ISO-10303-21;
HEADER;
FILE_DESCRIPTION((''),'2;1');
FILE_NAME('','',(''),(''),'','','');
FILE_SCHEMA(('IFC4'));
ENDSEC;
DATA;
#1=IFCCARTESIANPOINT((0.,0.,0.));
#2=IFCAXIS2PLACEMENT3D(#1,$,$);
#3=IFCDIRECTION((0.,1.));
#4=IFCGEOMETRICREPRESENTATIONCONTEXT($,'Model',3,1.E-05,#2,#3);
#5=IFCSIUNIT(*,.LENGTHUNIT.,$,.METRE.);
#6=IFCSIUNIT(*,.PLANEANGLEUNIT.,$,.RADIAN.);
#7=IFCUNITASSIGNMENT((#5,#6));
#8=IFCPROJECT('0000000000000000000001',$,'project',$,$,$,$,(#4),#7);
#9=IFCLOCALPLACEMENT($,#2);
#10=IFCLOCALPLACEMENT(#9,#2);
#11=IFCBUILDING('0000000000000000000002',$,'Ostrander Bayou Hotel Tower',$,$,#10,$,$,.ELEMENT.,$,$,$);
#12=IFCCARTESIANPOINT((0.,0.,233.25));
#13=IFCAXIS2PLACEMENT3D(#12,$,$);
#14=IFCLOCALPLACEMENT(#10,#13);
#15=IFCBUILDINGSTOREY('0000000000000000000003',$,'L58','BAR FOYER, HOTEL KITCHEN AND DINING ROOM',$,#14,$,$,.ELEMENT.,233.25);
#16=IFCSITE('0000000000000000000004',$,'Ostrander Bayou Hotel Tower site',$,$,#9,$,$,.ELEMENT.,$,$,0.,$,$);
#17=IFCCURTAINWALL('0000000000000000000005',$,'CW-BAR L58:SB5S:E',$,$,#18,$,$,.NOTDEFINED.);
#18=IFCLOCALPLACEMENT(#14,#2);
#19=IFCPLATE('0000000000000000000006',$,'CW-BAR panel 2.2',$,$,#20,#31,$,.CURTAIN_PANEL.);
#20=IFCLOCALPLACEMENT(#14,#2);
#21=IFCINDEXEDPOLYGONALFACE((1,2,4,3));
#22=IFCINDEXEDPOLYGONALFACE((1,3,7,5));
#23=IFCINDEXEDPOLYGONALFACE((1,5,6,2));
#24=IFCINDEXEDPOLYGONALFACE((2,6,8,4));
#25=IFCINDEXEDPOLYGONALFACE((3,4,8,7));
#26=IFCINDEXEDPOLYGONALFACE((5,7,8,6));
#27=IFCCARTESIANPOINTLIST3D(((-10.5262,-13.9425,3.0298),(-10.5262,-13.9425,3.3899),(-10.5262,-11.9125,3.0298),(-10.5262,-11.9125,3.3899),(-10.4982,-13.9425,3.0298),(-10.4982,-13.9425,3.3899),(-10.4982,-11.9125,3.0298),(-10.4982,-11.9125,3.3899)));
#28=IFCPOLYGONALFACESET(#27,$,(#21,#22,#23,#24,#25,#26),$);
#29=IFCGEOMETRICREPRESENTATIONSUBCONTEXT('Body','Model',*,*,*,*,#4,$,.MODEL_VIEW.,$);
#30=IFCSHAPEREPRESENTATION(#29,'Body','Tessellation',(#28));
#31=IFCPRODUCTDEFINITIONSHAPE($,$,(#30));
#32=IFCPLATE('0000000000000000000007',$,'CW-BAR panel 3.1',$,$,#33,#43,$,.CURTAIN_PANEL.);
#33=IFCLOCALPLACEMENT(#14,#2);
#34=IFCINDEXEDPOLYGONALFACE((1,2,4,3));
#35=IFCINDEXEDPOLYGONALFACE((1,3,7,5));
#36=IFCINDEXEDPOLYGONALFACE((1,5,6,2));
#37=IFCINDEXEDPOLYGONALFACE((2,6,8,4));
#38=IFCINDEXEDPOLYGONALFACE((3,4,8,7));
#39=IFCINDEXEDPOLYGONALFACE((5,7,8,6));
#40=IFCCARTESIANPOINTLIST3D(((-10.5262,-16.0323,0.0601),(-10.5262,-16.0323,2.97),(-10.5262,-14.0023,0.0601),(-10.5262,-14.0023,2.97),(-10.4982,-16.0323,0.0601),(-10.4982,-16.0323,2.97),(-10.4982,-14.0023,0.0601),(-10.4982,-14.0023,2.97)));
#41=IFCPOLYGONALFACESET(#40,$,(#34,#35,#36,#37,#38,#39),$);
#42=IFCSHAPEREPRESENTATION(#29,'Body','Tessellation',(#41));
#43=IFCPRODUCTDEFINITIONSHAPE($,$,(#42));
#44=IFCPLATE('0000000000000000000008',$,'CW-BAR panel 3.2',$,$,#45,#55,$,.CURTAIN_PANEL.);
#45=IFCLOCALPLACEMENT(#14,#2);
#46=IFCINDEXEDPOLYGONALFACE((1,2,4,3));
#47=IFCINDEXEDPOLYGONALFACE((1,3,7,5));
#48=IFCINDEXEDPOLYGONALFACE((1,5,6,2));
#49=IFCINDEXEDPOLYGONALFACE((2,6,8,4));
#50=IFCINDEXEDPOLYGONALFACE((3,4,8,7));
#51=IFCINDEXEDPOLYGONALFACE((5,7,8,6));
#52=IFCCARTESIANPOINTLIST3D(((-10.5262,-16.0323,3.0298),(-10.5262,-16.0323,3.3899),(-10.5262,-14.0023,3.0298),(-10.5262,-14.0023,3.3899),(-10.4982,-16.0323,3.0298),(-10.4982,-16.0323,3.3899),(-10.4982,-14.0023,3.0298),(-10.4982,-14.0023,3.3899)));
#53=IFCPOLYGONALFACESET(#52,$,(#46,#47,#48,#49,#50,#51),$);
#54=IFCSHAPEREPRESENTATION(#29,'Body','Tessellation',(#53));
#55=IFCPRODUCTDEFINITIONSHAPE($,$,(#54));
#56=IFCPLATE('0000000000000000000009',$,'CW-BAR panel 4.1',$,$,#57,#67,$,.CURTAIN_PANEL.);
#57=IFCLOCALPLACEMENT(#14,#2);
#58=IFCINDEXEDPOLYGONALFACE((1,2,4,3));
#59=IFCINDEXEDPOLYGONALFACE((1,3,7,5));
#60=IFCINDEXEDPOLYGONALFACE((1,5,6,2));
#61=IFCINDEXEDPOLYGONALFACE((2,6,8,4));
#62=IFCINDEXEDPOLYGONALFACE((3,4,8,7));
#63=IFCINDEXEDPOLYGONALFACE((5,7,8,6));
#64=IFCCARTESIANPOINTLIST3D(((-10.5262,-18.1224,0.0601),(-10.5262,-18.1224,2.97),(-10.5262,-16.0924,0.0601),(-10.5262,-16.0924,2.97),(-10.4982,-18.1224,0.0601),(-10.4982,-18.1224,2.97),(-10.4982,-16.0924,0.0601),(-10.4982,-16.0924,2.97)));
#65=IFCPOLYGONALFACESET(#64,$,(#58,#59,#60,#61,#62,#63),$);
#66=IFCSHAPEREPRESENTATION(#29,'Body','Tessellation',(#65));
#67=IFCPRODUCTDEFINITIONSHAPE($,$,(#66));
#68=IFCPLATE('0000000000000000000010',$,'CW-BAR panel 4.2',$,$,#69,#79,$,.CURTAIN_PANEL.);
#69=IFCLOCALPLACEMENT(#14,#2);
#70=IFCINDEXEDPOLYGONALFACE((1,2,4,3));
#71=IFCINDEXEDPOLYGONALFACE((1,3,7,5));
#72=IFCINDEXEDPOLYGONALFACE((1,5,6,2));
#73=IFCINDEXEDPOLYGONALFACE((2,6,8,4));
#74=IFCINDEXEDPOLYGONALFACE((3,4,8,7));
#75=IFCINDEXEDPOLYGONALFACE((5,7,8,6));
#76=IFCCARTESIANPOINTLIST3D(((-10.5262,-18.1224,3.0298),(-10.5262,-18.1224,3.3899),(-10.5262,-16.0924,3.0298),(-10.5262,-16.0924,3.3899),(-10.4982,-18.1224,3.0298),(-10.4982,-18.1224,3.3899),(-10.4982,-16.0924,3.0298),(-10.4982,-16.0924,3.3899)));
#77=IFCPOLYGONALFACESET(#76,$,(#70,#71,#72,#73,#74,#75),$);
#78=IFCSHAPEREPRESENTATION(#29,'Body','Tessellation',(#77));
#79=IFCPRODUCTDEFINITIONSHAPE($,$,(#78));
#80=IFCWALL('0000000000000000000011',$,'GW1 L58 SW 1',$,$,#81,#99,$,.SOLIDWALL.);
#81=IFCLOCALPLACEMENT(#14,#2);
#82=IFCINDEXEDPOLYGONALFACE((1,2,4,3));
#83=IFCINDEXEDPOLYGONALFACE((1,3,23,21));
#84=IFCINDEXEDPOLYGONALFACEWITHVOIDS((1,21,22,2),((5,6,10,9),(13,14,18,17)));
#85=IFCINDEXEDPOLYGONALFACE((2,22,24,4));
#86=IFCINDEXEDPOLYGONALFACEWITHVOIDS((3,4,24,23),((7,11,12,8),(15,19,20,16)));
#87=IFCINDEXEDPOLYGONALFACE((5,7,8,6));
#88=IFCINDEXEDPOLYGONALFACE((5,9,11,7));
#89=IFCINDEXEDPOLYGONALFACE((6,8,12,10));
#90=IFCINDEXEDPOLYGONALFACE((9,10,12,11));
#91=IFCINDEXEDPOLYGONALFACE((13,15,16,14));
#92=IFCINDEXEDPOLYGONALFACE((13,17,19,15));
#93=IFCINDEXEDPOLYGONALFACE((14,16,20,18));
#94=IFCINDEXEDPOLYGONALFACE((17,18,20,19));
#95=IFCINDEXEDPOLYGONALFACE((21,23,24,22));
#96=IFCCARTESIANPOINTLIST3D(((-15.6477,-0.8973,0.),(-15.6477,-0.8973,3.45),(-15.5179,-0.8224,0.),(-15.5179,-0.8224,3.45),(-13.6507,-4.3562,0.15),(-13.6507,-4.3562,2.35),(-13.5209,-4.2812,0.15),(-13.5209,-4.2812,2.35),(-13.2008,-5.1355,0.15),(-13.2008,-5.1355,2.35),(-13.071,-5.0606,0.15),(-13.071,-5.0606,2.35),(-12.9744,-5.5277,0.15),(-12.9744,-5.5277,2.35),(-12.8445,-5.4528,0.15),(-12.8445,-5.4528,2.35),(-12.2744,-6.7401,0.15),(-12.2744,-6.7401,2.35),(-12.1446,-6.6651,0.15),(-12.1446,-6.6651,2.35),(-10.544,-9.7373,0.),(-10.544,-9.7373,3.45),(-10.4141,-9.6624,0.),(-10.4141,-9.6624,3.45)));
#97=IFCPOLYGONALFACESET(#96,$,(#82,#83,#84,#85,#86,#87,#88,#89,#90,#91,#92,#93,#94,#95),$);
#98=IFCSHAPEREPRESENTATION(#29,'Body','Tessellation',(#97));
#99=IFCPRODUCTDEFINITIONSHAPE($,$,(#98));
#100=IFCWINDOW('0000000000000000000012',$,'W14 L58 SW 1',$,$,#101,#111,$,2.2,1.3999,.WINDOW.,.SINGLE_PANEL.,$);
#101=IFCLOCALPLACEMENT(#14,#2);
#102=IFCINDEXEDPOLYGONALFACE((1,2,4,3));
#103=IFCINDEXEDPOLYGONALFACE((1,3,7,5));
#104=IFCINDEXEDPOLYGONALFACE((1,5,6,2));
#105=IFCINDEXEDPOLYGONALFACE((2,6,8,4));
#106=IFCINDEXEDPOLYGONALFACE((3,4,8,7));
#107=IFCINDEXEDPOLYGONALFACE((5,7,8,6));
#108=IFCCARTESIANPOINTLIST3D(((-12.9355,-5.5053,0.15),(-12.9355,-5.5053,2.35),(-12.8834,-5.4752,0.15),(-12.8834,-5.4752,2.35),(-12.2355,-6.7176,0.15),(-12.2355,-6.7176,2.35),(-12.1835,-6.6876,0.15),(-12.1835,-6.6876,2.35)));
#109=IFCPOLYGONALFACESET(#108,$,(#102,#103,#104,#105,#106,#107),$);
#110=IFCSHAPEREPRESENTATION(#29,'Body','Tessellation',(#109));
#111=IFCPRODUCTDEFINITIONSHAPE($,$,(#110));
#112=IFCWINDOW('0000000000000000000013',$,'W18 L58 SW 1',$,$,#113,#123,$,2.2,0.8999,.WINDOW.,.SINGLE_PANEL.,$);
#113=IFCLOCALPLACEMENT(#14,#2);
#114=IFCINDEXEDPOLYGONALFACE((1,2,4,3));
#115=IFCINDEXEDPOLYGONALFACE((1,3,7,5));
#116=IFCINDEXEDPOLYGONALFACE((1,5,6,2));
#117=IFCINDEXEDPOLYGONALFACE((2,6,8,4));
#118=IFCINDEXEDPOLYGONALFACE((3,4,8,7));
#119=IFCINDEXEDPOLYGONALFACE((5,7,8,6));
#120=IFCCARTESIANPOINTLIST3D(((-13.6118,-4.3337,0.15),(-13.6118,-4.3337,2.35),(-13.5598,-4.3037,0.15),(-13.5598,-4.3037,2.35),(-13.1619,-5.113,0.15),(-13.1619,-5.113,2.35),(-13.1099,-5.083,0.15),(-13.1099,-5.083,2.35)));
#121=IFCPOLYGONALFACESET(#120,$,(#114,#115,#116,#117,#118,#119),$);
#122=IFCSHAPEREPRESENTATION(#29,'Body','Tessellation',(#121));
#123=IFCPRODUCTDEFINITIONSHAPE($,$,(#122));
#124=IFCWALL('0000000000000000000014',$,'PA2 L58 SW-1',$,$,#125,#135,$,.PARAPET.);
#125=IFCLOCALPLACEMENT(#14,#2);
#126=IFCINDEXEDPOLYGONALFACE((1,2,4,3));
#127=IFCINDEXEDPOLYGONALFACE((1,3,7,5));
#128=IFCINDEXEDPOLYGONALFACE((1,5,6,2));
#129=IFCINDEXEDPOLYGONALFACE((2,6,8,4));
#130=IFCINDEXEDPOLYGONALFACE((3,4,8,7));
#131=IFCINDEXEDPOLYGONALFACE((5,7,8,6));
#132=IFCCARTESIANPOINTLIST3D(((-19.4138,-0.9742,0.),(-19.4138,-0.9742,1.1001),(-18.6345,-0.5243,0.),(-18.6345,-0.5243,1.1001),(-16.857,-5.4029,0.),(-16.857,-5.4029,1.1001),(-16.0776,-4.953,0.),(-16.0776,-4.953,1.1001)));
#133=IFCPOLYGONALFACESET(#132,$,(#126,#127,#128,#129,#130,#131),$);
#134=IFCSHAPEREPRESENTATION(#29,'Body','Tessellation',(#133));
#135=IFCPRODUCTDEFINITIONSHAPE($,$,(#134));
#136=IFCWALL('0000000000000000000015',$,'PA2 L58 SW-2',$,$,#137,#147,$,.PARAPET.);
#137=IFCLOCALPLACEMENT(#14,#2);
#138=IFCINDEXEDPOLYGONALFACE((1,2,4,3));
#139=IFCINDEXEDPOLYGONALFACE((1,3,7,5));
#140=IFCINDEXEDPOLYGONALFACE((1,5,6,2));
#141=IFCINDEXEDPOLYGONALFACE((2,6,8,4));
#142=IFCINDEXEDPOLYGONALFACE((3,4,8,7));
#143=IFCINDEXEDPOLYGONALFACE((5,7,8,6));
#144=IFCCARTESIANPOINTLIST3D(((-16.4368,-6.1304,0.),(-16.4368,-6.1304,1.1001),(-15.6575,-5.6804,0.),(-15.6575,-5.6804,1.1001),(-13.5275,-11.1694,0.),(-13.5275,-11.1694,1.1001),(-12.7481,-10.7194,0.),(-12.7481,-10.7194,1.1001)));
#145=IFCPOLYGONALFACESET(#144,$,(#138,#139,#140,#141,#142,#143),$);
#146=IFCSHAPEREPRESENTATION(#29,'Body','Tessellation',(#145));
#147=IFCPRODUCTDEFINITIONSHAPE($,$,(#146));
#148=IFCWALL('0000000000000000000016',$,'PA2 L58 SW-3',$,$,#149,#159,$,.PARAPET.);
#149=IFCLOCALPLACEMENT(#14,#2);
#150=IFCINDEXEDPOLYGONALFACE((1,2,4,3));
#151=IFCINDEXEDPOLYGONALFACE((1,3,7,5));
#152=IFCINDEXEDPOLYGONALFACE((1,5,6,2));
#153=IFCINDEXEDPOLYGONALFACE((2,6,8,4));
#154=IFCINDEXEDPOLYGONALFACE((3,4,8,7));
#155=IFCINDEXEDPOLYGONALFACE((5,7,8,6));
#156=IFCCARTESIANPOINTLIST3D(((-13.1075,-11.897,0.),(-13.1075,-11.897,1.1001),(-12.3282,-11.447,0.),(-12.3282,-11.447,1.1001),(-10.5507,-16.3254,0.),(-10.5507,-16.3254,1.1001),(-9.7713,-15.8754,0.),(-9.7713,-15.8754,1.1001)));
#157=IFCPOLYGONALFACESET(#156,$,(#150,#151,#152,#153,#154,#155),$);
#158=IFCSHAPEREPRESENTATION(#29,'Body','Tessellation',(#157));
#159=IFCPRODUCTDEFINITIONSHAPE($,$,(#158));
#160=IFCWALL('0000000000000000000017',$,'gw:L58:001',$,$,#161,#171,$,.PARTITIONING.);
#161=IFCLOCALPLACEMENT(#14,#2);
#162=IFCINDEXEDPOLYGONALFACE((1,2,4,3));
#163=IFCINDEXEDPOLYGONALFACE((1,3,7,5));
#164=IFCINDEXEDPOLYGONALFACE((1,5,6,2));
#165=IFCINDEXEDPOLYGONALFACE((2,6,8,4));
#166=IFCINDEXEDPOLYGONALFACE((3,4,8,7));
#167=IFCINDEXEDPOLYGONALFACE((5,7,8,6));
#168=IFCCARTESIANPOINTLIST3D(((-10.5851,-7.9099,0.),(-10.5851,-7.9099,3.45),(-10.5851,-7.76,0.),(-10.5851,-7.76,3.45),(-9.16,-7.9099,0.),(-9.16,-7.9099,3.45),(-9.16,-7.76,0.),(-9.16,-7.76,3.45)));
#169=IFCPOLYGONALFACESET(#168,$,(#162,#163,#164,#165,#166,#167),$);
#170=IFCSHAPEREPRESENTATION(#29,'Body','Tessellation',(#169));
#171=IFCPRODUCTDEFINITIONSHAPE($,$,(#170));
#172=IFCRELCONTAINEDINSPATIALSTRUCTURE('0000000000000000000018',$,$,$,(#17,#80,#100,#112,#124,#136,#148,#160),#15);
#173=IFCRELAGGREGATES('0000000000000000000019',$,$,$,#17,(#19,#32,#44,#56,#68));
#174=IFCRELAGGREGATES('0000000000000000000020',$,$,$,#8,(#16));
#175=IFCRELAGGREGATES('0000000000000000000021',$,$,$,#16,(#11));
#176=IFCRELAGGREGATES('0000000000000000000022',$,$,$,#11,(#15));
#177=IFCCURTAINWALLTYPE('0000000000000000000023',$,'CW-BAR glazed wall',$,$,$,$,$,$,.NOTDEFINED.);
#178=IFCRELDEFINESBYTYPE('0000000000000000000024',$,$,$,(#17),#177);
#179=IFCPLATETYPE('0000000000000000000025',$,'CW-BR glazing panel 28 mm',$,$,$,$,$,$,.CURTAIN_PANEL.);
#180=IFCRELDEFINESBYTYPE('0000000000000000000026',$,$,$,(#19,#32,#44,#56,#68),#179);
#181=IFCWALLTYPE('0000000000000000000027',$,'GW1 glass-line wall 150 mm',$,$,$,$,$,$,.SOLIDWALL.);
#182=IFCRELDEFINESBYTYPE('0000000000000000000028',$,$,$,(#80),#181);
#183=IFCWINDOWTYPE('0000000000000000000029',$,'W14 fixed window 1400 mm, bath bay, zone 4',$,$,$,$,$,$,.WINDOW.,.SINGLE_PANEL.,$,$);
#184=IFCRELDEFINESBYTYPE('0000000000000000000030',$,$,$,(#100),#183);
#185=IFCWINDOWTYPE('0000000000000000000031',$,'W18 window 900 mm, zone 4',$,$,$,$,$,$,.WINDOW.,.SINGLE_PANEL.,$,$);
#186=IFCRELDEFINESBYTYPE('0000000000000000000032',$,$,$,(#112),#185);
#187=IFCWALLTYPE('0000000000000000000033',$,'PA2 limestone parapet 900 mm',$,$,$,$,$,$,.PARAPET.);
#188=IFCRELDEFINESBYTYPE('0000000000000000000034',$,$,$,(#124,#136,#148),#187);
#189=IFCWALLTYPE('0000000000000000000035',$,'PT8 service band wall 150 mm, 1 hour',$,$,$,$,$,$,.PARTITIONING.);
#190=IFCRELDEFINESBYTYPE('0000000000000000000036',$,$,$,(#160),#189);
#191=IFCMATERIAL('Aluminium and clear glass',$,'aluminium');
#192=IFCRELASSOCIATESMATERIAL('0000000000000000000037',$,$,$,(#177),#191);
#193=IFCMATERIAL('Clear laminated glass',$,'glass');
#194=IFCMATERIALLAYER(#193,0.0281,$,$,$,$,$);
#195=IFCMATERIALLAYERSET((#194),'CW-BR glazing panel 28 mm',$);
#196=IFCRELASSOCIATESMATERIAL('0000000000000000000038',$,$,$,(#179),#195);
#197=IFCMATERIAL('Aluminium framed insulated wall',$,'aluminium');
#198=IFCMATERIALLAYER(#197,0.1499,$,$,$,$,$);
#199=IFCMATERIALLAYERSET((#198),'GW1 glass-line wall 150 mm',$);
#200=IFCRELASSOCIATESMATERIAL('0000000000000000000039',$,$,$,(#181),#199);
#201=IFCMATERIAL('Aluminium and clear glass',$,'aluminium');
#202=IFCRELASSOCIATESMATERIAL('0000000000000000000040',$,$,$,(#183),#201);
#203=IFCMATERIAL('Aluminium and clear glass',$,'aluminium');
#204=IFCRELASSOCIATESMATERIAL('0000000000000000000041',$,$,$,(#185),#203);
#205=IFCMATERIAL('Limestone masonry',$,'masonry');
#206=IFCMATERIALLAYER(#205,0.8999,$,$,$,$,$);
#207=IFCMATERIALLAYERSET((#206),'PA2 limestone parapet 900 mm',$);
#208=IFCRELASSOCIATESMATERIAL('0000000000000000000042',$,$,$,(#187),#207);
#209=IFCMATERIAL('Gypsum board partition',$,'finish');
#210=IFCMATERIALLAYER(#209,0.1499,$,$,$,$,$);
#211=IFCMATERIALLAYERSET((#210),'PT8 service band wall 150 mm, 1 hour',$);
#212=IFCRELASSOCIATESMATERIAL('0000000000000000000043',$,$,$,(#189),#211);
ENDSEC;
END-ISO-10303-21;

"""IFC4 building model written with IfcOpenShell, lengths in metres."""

from ifc_helpers import new_model, si_unit, direction, frame, frame_2d, origin, origin_2d, place, context, subcontext, project, spatial, rectangle, extrude, material, layer, layer_set, type_object, element, fill, aggregate, save


model = new_model("IFC4")

# Units and contexts
model_context = context("Model", 3, precision=1e-05, world=origin(), true_north=direction((0.0, 1.0)))
body_context = subcontext(model_context, "Body", "Model", "MODEL_VIEW")
ifc_project = project(units=[si_unit("LENGTHUNIT", "METRE"), si_unit("PLANEANGLEUNIT", "RADIAN")], contexts=[model_context])

# Site, building, storey
site_placement = place(None, origin())
site = spatial("IfcSite", under=ifc_project, at=site_placement, Name="Ostrander Bayou Hotel Tower site", CompositionType="ELEMENT", RefElevation=0.0)
building_placement = place(site_placement, origin())
building = spatial("IfcBuilding", under=site, at=building_placement, Name="Ostrander Bayou Hotel Tower", CompositionType="ELEMENT")
storey_placement = place(building_placement, frame((0.0, 0.0, 233.25)))
storey = spatial("IfcBuildingStorey", under=building, at=storey_placement, Name="L58", Description="BAR FOYER, HOTEL KITCHEN AND DINING ROOM", CompositionType="ELEMENT", Elevation=233.25)

# Curtain wall
ifc_material_1 = material(Name="Aluminium and clear glass", Category="aluminium")
curtain_wall_type = type_object("IfcCurtainWallType", Name="CW-BAR glazed wall", PredefinedType="NOTDEFINED", material=ifc_material_1)
curtain_wall_placement = place(storey_placement, origin())
curtain_wall = element("IfcCurtainWall", 1, at=curtain_wall_placement, inside=storey, type_object=curtain_wall_type, Name="CW-BAR L58:SB5S:E", PredefinedType="NOTDEFINED")

# Plates
ifc_material_2 = material(Name="Clear laminated glass", Category="glass")
ifc_layer_1 = layer(ifc_material_2, 0.0281)
ifc_layer_set_1 = layer_set([ifc_layer_1], Name="CW-BR glazing panel 28 mm")
plate_type = type_object("IfcPlateType", Name="CW-BR glazing panel 28 mm", PredefinedType="CURTAIN_PANEL", material=ifc_layer_set_1)
plate_1_placement = place(storey_placement, frame((-10.5122, -12.9275, 3.0298), z_axis=(0.0, 0.0, 1.0), x_axis=(0.0, -1.0, 0.0)))
plate_1 = element("IfcPlate", 2, at=plate_1_placement, type_object=plate_type, Name="CW-BAR panel 2.2", PredefinedType="CURTAIN_PANEL", context=body_context, shape_type="SweptSolid", body=[
    extrude(rectangle(XDim=2.03, YDim=0.0281, at=origin_2d()), origin(), (0.0, 0.0, 1.0), 0.3601),
])
plate_2_placement = place(storey_placement, frame((-10.5122, -15.0173, 0.0601), z_axis=(0.0, 0.0, 1.0), x_axis=(0.0, -1.0, 0.0)))
plate_2 = element("IfcPlate", 3, at=plate_2_placement, type_object=plate_type, Name="CW-BAR panel 3.1", PredefinedType="CURTAIN_PANEL", context=body_context, shape_type="SweptSolid", body=[
    extrude(rectangle(XDim=2.03, YDim=0.0281, at=origin_2d()), origin(), (0.0, 0.0, 1.0), 2.9099),
])
plate_3_placement = place(storey_placement, frame((-10.5122, -15.0173, 3.0298), z_axis=(0.0, 0.0, 1.0), x_axis=(0.0, -1.0, 0.0)))
plate_3 = element("IfcPlate", 4, at=plate_3_placement, type_object=plate_type, Name="CW-BAR panel 3.2", PredefinedType="CURTAIN_PANEL", context=body_context, shape_type="SweptSolid", body=[
    extrude(rectangle(XDim=2.03, YDim=0.0281, at=origin_2d()), origin(), (0.0, 0.0, 1.0), 0.3601),
])
plate_4_placement = place(storey_placement, frame((-10.5122, -17.1074, 0.0601), z_axis=(0.0, 0.0, 1.0), x_axis=(0.0, -1.0, 0.0)))
plate_4 = element("IfcPlate", 5, at=plate_4_placement, type_object=plate_type, Name="CW-BAR panel 4.1", PredefinedType="CURTAIN_PANEL", context=body_context, shape_type="SweptSolid", body=[
    extrude(rectangle(XDim=2.03, YDim=0.0281, at=origin_2d()), origin(), (0.0, 0.0, 1.0), 2.9099),
])
plate_5_placement = place(storey_placement, frame((-10.5122, -17.1074, 3.0298), z_axis=(0.0, 0.0, 1.0), x_axis=(0.0, -1.0, 0.0)))
plate_5 = element("IfcPlate", 6, at=plate_5_placement, type_object=plate_type, Name="CW-BAR panel 4.2", PredefinedType="CURTAIN_PANEL", context=body_context, shape_type="SweptSolid", body=[
    extrude(rectangle(XDim=2.03, YDim=0.0281, at=origin_2d()), origin(), (0.0, 0.0, 1.0), 0.3601),
])
aggregate(curtain_wall, [plate_1, plate_2, plate_3, plate_4, plate_5])

# Wall, openings, windows
ifc_material_3 = material(Name="Aluminium framed insulated wall", Category="aluminium")
ifc_layer_2 = layer(ifc_material_3, 0.1499)
ifc_layer_set_2 = layer_set([ifc_layer_2], Name="GW1 glass-line wall 150 mm")
wall_type_1 = type_object("IfcWallType", Name="GW1 glass-line wall 150 mm", PredefinedType="SOLIDWALL", material=ifc_layer_set_2)
wall_1_placement = place(storey_placement, frame((-15.5828, -0.8599, 0.0), z_axis=(0.0, 0.0, 1.0), x_axis=(0.499995, -0.866028, 0.0)))
wall_1 = element("IfcWall", 7, at=wall_1_placement, inside=storey, type_object=wall_type_1, Name="GW1 L58 SW 1", PredefinedType="SOLIDWALL", context=body_context, shape_type="SweptSolid", body=[
    extrude(rectangle(XDim=10.2075, YDim=0.1499, at=frame_2d((5.1038, 0.0))), origin(), (0.0, 0.0, 1.0), 3.45),
])
opening_1_placement = place(wall_1_placement, frame((3.9939, 0.0, 0.1499)))
opening_1 = element("IfcOpeningElement", 8, at=opening_1_placement, cuts=wall_1, PredefinedType="OPENING", context=body_context, shape_type="SweptSolid", body=[
    extrude(rectangle(XDim=0.8999, YDim=2.2, at=frame_2d((0.45, 1.1001))), frame((0.0, 0.075, 0.0), z_axis=(0.0, -1.0, 0.0), x_axis=(1.0, 0.0, 0.0)), (0.0, 0.0, 1.0), 0.1499),
])
opening_2_placement = place(wall_1_placement, frame((5.3467, 0.0, 0.1499)))
opening_2 = element("IfcOpeningElement", 9, at=opening_2_placement, cuts=wall_1, PredefinedType="OPENING", context=body_context, shape_type="SweptSolid", body=[
    extrude(rectangle(XDim=1.3999, YDim=2.2, at=frame_2d((0.7, 1.1001))), frame((0.0, 0.075, 0.0), z_axis=(0.0, -1.0, 0.0), x_axis=(1.0, 0.0, 0.0)), (0.0, 0.0, 1.0), 0.1499),
])
ifc_material_4 = material(Name="Aluminium and clear glass", Category="aluminium")
window_type_1 = type_object("IfcWindowType", Name="W14 fixed window 1400 mm, bath bay, zone 4", PartitioningType="SINGLE_PANEL", PredefinedType="WINDOW", material=ifc_material_4)
window_1_placement = place(opening_2_placement, origin())
window_1 = element("IfcWindow", 10, at=window_1_placement, inside=storey, type_object=window_type_1, Name="W14 L58 SW 1", OverallHeight=2.2, OverallWidth=1.3999, PartitioningType="SINGLE_PANEL", PredefinedType="WINDOW", context=body_context, shape_type="SweptSolid", body=[
    extrude(rectangle(XDim=1.3999, YDim=2.2, at=frame_2d((0.7, 1.1001))), frame((0.0, 0.03, 0.0), z_axis=(0.0, -1.0, 0.0), x_axis=(1.0, 0.0, 0.0)), (0.0, 0.0, 1.0), 0.0601),
])
fill(opening_2, window_1)
ifc_material_5 = material(Name="Aluminium and clear glass", Category="aluminium")
window_type_2 = type_object("IfcWindowType", Name="W18 window 900 mm, zone 4", PartitioningType="SINGLE_PANEL", PredefinedType="WINDOW", material=ifc_material_5)
window_2_placement = place(opening_1_placement, origin())
window_2 = element("IfcWindow", 11, at=window_2_placement, inside=storey, type_object=window_type_2, Name="W18 L58 SW 1", OverallHeight=2.2, OverallWidth=0.8999, PartitioningType="SINGLE_PANEL", PredefinedType="WINDOW", context=body_context, shape_type="SweptSolid", body=[
    extrude(rectangle(XDim=0.8999, YDim=2.2, at=frame_2d((0.45, 1.1001))), frame((0.0, 0.03, 0.0), z_axis=(0.0, -1.0, 0.0), x_axis=(1.0, 0.0, 0.0)), (0.0, 0.0, 1.0), 0.0601),
])
fill(opening_1, window_2)

# Walls
ifc_material_6 = material(Name="Limestone masonry", Category="masonry")
ifc_layer_3 = layer(ifc_material_6, 0.8999)
ifc_layer_set_3 = layer_set([ifc_layer_3], Name="PA2 limestone parapet 900 mm")
wall_type_2 = type_object("IfcWallType", Name="PA2 limestone parapet 900 mm", PredefinedType="PARAPET", material=ifc_layer_set_3)
wall_2_placement = place(storey_placement, frame((-19.0242, -0.7493, 0.0), z_axis=(0.0, 0.0, 1.0), x_axis=(0.499995, -0.866028, 0.0)))
element("IfcWall", 12, at=wall_2_placement, inside=storey, type_object=wall_type_2, Name="PA2 L58 SW-1", PredefinedType="PARAPET", context=body_context, shape_type="SweptSolid", body=[
    extrude(rectangle(XDim=5.1138, YDim=0.8999, at=frame_2d((2.5569, 0.0))), origin(), (0.0, 0.0, 1.0), 1.1001),
])
wall_3_placement = place(storey_placement, frame((-16.0471, -5.9055, 0.0), z_axis=(0.0, 0.0, 1.0), x_axis=(0.500015, -0.866016, 0.0)))
element("IfcWall", 13, at=wall_3_placement, inside=storey, type_object=wall_type_2, Name="PA2 L58 SW-2", PredefinedType="PARAPET", context=body_context, shape_type="SweptSolid", body=[
    extrude(rectangle(XDim=5.8186, YDim=0.8999, at=frame_2d((2.9092, 0.0))), origin(), (0.0, 0.0, 1.0), 1.1001),
])
wall_4_placement = place(storey_placement, frame((-12.7178, -11.6721, 0.0), z_axis=(0.0, 0.0, 1.0), x_axis=(0.500016, -0.866016, 0.0)))
element("IfcWall", 14, at=wall_4_placement, inside=storey, type_object=wall_type_2, Name="PA2 L58 SW-3", PredefinedType="PARAPET", context=body_context, shape_type="SweptSolid", body=[
    extrude(rectangle(XDim=5.1135, YDim=0.8999, at=frame_2d((2.5566, 0.0))), origin(), (0.0, 0.0, 1.0), 1.1001),
])
ifc_material_7 = material(Name="Gypsum board partition", Category="finish")
ifc_layer_4 = layer(ifc_material_7, 0.1499)
ifc_layer_set_4 = layer_set([ifc_layer_4], Name="PT8 service band wall 150 mm, 1 hour")
wall_type_3 = type_object("IfcWallType", Name="PT8 service band wall 150 mm, 1 hour", PredefinedType="PARTITIONING", material=ifc_layer_set_4)
wall_5_placement = place(storey_placement, frame((-10.585, -7.835, 0.0), z_axis=(0.0, 0.0, 1.0), x_axis=(1.0, 0.0, 0.0)))
element("IfcWall", 15, at=wall_5_placement, inside=storey, type_object=wall_type_3, Name="gw:L58:001", PredefinedType="PARTITIONING", context=body_context, shape_type="SweptSolid", body=[
    extrude(rectangle(XDim=1.425, YDim=0.1499, at=frame_2d((0.7124, 0.0))), origin(), (0.0, 0.0, 1.0), 3.45),
])

save(model, "model.ifc")
